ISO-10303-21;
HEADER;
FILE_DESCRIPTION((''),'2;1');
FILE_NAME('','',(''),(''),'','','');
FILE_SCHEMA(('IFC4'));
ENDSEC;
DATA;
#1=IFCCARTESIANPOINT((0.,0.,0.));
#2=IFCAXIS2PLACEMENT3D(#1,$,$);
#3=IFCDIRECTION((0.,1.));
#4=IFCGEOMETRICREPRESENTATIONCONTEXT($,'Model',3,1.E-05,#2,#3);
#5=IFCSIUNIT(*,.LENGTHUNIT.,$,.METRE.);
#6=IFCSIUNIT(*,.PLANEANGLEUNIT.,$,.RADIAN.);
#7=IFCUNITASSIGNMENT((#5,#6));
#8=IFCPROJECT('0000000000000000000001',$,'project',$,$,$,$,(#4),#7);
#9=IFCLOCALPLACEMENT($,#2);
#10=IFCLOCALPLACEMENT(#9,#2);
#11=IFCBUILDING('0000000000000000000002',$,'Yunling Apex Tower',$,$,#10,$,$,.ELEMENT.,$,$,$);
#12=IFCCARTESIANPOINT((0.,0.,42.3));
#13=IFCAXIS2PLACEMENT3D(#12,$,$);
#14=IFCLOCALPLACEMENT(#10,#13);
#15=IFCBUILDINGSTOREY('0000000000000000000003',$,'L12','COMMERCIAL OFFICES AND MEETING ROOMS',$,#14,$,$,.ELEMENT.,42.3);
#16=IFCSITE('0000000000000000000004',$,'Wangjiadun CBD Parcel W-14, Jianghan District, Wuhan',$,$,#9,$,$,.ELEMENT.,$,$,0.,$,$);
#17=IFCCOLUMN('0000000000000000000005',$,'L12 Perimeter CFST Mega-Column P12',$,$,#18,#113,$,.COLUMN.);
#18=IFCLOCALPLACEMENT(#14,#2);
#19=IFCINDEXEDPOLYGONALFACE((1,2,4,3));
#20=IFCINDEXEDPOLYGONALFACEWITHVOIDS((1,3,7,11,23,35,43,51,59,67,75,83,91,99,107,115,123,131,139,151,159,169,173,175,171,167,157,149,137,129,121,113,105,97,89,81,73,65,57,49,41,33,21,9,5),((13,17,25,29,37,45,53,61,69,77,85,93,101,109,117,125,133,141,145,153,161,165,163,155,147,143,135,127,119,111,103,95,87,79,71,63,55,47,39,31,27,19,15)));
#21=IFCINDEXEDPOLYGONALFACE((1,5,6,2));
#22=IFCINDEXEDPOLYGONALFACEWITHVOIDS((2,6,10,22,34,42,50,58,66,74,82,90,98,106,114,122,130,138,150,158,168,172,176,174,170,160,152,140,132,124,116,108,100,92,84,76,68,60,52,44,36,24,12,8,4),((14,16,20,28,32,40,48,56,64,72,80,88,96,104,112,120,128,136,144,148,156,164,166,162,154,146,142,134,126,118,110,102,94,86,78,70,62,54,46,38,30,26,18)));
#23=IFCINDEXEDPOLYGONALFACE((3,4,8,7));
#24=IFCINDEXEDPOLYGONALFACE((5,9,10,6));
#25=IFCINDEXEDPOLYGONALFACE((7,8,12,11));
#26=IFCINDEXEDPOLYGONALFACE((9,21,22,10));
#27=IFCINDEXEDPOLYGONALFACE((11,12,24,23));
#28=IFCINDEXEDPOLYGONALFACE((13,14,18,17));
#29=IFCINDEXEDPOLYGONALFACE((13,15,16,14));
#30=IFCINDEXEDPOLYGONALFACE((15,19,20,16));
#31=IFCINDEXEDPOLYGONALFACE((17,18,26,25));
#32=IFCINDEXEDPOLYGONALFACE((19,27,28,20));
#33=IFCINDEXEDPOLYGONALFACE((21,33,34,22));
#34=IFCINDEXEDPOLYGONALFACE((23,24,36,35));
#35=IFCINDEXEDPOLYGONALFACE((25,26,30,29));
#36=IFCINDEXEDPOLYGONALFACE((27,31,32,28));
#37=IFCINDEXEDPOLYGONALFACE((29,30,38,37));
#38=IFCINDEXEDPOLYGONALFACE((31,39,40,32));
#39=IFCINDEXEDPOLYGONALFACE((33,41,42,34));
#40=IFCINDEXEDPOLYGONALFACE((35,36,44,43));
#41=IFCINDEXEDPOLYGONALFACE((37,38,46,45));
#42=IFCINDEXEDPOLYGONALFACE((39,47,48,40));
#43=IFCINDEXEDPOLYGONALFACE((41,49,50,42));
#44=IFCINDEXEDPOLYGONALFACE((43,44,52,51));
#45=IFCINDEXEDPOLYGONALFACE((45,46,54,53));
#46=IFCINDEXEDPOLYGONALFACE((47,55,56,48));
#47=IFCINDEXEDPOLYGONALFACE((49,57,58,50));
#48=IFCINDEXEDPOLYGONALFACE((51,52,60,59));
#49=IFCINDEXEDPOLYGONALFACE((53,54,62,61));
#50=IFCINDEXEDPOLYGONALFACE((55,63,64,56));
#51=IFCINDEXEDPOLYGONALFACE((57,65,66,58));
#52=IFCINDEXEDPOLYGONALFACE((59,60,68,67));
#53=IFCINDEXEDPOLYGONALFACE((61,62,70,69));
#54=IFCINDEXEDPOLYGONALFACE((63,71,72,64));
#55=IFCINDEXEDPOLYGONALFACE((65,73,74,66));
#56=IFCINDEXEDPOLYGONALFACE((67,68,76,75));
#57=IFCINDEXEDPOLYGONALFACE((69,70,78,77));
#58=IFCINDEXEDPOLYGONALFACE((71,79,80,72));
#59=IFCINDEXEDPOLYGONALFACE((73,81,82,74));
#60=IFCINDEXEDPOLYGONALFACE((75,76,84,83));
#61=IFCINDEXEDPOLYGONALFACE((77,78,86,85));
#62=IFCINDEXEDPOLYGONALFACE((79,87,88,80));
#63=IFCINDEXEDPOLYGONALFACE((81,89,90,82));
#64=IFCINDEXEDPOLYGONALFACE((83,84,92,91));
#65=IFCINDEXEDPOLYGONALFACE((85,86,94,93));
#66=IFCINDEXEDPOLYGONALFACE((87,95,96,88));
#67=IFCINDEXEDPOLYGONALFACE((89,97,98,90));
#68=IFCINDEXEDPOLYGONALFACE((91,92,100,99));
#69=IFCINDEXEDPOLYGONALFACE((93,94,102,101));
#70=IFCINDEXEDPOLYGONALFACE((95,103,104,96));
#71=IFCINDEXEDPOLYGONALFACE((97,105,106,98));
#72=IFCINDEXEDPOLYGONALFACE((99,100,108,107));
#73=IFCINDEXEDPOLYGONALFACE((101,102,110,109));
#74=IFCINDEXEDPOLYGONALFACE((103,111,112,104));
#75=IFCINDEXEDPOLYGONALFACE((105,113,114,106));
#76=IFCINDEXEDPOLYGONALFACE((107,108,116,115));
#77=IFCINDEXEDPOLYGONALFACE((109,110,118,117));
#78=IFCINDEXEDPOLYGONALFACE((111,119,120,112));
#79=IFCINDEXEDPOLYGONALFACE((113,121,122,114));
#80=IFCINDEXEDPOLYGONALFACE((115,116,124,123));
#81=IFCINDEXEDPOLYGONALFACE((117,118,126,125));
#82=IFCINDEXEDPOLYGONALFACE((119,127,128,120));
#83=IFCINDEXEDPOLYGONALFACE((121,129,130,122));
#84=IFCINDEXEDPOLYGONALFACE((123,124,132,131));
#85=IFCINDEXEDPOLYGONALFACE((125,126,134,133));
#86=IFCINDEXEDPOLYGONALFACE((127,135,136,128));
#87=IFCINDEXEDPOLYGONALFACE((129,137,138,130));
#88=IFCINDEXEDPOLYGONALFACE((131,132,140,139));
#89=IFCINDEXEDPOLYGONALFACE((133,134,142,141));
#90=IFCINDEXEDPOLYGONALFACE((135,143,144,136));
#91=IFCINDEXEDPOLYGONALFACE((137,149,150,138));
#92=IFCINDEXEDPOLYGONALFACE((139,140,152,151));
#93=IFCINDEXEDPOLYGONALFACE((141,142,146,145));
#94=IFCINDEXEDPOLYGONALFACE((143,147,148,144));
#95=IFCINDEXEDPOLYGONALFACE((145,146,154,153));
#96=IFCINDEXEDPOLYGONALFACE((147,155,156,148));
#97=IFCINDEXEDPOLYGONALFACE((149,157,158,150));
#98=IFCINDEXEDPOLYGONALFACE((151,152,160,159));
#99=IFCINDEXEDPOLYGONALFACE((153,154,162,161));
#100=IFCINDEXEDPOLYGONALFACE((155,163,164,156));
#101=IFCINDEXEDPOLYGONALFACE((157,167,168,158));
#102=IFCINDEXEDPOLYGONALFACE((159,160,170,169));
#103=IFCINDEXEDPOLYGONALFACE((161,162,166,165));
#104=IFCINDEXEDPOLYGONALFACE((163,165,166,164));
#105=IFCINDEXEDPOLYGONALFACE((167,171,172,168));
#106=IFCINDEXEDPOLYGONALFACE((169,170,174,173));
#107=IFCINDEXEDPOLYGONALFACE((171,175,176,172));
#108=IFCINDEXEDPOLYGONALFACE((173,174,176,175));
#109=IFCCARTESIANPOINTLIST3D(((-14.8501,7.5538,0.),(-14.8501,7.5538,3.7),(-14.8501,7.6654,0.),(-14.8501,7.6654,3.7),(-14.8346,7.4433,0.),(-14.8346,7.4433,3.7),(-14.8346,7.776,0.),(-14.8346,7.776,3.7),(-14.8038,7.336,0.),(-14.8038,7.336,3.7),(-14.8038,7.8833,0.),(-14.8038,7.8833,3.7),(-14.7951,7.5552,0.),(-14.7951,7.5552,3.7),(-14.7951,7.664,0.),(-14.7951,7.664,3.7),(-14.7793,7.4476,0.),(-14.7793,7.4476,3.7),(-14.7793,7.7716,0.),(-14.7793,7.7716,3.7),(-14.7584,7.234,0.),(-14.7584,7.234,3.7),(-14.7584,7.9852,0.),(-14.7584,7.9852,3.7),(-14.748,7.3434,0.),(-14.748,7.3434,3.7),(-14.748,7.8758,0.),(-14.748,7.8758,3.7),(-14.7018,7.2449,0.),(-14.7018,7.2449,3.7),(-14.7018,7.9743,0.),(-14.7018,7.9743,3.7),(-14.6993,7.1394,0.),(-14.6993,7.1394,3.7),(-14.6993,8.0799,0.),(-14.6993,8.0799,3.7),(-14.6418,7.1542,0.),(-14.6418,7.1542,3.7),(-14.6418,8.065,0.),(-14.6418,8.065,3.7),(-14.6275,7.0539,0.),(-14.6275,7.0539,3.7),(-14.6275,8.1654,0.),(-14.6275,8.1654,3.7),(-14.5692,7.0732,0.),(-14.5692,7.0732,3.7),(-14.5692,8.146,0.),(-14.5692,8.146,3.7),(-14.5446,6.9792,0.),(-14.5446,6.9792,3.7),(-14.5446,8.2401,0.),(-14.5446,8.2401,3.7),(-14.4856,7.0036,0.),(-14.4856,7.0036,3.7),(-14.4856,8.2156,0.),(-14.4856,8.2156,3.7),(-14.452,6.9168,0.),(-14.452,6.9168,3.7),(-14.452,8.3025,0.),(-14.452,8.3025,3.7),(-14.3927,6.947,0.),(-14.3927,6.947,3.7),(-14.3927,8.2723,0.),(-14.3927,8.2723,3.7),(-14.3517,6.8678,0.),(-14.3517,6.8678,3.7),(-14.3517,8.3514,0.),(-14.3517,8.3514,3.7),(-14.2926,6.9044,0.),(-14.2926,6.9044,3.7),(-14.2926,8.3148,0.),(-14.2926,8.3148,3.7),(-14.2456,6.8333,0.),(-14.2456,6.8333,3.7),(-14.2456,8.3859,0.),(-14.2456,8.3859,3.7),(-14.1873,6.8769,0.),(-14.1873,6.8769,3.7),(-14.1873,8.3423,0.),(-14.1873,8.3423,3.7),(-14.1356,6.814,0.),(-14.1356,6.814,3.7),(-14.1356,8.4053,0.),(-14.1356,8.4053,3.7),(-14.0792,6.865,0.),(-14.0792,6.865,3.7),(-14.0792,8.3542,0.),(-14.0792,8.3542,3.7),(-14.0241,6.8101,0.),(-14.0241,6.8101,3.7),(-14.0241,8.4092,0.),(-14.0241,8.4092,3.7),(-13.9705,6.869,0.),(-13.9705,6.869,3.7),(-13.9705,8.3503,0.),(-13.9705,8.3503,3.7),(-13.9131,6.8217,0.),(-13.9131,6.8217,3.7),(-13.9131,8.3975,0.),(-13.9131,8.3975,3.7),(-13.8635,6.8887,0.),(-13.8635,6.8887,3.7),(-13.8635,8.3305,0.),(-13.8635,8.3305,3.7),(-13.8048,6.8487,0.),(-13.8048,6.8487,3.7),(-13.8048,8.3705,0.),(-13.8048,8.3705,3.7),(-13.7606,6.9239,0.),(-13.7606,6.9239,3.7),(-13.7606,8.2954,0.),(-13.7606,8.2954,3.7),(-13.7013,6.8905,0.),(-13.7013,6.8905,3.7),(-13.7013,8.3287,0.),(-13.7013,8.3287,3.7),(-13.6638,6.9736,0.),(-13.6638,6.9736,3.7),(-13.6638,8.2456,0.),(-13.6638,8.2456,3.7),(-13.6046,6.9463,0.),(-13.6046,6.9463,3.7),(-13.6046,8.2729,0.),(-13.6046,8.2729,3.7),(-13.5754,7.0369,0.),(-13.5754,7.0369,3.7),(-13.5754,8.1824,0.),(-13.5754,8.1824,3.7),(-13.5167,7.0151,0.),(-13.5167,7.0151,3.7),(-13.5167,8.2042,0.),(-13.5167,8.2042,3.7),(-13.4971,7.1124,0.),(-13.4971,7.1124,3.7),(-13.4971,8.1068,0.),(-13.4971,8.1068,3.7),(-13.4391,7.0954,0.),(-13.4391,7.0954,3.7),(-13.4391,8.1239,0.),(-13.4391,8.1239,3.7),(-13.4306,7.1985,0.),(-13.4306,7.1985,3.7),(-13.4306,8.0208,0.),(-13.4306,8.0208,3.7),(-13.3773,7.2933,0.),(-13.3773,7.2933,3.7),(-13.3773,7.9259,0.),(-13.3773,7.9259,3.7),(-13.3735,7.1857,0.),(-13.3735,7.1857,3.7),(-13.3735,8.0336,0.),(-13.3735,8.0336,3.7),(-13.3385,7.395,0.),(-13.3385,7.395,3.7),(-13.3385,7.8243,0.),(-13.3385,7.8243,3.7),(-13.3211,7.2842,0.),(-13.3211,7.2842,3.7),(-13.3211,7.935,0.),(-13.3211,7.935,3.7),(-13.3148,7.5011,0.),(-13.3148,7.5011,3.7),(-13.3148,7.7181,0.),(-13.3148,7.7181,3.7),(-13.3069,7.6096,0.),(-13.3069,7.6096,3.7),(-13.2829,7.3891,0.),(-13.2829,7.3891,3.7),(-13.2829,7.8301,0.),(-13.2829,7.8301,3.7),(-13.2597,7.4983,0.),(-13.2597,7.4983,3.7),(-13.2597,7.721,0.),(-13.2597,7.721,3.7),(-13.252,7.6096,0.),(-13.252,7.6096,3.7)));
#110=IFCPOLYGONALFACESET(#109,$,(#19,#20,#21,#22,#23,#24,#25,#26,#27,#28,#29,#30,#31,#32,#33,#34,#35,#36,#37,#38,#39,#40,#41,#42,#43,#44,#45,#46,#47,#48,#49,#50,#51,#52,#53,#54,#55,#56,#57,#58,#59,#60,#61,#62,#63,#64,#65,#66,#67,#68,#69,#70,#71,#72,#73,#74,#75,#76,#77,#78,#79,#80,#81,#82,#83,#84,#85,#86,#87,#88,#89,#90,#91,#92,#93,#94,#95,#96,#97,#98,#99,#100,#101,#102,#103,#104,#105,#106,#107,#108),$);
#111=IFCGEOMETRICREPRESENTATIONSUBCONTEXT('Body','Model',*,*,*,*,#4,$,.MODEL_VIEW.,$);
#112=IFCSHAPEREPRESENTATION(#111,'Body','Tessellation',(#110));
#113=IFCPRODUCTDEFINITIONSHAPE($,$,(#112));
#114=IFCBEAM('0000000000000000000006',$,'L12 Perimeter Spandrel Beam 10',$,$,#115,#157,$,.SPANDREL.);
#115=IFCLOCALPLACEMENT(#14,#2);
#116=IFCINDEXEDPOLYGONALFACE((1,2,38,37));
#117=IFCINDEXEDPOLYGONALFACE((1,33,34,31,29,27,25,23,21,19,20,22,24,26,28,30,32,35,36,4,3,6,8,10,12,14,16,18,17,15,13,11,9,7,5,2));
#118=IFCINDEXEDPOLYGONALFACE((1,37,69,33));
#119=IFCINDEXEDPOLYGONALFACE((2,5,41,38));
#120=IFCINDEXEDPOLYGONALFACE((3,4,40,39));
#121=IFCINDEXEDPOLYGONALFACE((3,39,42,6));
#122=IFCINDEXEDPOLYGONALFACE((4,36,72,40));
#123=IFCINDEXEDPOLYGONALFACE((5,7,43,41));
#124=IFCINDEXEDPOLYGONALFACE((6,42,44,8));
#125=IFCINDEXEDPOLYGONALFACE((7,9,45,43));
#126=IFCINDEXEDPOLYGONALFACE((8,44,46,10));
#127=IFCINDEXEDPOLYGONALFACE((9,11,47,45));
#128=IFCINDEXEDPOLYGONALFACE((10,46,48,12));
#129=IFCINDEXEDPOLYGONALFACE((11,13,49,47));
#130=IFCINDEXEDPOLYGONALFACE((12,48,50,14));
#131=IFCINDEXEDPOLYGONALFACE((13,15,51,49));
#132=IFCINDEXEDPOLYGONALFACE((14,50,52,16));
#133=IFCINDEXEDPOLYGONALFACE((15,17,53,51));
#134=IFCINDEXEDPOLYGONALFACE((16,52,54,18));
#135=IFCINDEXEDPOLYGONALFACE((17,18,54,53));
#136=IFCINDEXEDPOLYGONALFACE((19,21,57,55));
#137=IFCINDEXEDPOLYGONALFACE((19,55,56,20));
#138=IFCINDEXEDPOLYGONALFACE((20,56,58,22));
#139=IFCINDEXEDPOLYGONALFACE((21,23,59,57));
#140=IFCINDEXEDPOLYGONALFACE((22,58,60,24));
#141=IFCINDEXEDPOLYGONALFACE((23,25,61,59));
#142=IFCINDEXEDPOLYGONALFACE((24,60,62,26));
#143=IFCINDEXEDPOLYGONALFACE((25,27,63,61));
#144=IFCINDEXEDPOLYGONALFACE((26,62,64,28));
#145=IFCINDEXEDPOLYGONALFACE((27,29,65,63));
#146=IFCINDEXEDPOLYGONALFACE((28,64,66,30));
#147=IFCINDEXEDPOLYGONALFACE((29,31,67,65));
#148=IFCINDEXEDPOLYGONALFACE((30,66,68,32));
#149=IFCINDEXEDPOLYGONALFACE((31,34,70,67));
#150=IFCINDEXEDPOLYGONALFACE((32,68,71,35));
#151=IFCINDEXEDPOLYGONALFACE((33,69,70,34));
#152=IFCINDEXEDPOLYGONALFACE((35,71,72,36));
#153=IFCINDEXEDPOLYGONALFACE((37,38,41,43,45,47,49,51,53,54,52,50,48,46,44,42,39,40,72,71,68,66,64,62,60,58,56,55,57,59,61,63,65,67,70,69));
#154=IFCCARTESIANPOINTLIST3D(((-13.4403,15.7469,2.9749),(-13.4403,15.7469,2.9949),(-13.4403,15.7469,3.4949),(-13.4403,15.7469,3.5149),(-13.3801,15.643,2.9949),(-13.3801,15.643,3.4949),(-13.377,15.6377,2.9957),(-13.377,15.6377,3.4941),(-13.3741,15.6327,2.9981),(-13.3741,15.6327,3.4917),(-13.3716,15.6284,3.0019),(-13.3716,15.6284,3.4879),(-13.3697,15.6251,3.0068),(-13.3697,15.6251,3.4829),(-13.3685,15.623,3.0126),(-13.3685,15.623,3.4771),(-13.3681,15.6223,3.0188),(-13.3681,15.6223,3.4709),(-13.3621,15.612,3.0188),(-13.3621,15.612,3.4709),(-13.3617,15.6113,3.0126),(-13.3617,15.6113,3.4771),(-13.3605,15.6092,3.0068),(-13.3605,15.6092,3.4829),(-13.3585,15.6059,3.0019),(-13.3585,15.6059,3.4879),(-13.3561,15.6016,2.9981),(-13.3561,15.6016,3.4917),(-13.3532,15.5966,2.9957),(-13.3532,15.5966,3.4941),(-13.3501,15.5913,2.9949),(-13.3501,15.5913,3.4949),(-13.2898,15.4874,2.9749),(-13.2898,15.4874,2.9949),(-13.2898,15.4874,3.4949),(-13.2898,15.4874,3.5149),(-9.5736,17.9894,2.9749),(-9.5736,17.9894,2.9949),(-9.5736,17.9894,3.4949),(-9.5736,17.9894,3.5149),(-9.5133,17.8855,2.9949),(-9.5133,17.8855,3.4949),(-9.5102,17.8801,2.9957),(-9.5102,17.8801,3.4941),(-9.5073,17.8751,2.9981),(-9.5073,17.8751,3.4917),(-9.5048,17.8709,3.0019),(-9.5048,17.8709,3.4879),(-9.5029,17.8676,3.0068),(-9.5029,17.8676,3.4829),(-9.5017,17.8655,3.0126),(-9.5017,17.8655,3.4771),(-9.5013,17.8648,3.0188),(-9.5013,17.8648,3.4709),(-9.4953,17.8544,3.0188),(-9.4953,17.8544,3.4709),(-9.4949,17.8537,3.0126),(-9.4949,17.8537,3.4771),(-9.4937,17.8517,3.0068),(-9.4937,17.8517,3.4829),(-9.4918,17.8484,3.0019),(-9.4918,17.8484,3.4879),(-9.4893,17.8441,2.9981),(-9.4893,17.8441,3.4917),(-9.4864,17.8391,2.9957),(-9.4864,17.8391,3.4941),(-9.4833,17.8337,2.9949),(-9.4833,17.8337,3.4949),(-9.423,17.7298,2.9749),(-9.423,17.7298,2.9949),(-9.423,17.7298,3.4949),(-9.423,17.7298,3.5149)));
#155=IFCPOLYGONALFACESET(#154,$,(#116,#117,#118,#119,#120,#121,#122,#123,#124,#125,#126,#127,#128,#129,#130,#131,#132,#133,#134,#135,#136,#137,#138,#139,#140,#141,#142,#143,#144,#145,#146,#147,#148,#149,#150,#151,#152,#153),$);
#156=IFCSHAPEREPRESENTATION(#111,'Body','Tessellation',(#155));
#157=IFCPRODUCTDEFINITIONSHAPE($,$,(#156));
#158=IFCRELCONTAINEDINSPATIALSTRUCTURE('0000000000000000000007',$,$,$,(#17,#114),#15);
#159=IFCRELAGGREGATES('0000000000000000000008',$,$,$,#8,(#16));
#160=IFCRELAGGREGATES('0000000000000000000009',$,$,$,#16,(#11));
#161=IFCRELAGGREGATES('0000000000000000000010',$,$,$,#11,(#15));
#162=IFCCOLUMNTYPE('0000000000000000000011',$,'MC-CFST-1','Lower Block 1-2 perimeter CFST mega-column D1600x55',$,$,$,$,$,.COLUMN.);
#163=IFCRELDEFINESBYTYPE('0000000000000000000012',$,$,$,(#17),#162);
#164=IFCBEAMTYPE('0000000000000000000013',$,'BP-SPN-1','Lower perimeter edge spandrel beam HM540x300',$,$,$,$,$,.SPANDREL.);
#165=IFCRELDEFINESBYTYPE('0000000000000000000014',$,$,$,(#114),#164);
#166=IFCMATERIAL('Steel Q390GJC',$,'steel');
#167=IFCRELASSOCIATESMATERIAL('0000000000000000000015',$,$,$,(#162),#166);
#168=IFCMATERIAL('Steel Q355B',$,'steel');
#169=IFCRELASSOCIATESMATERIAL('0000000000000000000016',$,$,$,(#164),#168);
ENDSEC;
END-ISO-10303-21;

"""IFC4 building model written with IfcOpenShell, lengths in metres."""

from ifc_helpers import new_model, si_unit, direction, frame, origin, origin_2d, place, context, subcontext, project, spatial, hollow_circle, i_section, extrude, source, transform, mapped, material, material_profile, profile_set, type_object, element, save


model = new_model("IFC4")

# Units and contexts
model_context = context("Model", 3, precision=1e-05, world=origin(), true_north=direction((0.0, 1.0)))
body_context = subcontext(model_context, "Body", "Model", "MODEL_VIEW")
ifc_project = project(units=[si_unit("LENGTHUNIT", "METRE"), si_unit("PLANEANGLEUNIT", "RADIAN")], contexts=[model_context])

# Site, building, storey
site_placement = place(None, origin())
site = spatial("IfcSite", under=ifc_project, at=site_placement, Name="Wangjiadun CBD Parcel W-14, Jianghan District, Wuhan", CompositionType="ELEMENT", RefElevation=0.0)
building_placement = place(site_placement, origin())
building = spatial("IfcBuilding", under=site, at=building_placement, Name="Yunling Apex Tower", CompositionType="ELEMENT")
storey_placement = place(building_placement, frame((0.0, 0.0, 42.3)))
storey = spatial("IfcBuildingStorey", under=building, at=storey_placement, Name="L12", Description="COMMERCIAL OFFICES AND MEETING ROOMS", CompositionType="ELEMENT", Elevation=42.3)

# Column
ifc_material_1 = material(Name="Steel Q390GJC", Category="steel")
ifc_material_profile_1 = material_profile(ifc_material_1, hollow_circle(Radius=0.8, WallThickness=0.0549, at=origin_2d()))
ifc_profile_set_1 = profile_set([ifc_material_profile_1], Name="Steel Q390GJC")
column_type = type_object("IfcColumnType", Name="MC-CFST-1", Description="Lower Block 1-2 perimeter CFST mega-column D1600x55", PredefinedType="COLUMN", material=ifc_profile_set_1)
shared_shape_1 = source(origin(), body_context, "Body", "SweptSolid", [
    extrude(hollow_circle(Radius=0.8, WallThickness=0.0549, at=origin_2d()), origin(), (0.0, 0.0, 1.0), 3.7),
])
for number, where, z_axis, x_axis, name in (
    (1, (-14.052, 7.6096, 0.0), (0.0, 0.0, 1.0), (1.0, 0.0, 0.0), "L12 Perimeter CFST Mega-Column P12"),
):
    element("IfcColumn", number, at=place(storey_placement, frame(where, z_axis=z_axis, x_axis=x_axis)), inside=storey, type_object=column_type, Name=name, PredefinedType="COLUMN", context=body_context, shape_type="MappedRepresentation", body=[
        mapped(shared_shape_1, transform((0.0, 0.0, 0.0), scale=1.0)),
    ])

# Beam
ifc_material_2 = material(Name="Steel Q355B", Category="steel")
ifc_material_profile_2 = material_profile(ifc_material_2, i_section(OverallWidth=0.3, OverallDepth=0.54, WebThickness=0.012, FlangeThickness=0.02, FilletRadius=0.0239, at=origin_2d()))
ifc_profile_set_2 = profile_set([ifc_material_profile_2], Name="Steel Q355B")
beam_type_1 = type_object("IfcBeamType", Name="BP-SPN-1", Description="Lower perimeter edge spandrel beam HM540x300", PredefinedType="SPANDREL", material=ifc_profile_set_2)
shared_shape_2 = source(origin(), body_context, "Body", "SweptSolid", [
    extrude(i_section(OverallWidth=0.3, OverallDepth=0.54, WebThickness=0.012, FlangeThickness=0.02, FilletRadius=0.0239, at=origin_2d()), origin(), (0.0, 0.0, 1.0), 4.47),
])
beam_1_placement = place(storey_placement, frame((-9.4983, 17.8596, 3.2449), z_axis=(-0.865056, -0.501676, 0.0), x_axis=(0.501676, -0.865056, 0.0)))
element("IfcBeam", 2, at=beam_1_placement, inside=storey, type_object=beam_type_1, Name="L12 Perimeter Spandrel Beam 10", PredefinedType="SPANDREL", context=body_context, shape_type="MappedRepresentation", body=[
    mapped(shared_shape_2, transform((0.0, 0.0, 0.0), scale=1.0)),
])

save(model, "model.ifc")
